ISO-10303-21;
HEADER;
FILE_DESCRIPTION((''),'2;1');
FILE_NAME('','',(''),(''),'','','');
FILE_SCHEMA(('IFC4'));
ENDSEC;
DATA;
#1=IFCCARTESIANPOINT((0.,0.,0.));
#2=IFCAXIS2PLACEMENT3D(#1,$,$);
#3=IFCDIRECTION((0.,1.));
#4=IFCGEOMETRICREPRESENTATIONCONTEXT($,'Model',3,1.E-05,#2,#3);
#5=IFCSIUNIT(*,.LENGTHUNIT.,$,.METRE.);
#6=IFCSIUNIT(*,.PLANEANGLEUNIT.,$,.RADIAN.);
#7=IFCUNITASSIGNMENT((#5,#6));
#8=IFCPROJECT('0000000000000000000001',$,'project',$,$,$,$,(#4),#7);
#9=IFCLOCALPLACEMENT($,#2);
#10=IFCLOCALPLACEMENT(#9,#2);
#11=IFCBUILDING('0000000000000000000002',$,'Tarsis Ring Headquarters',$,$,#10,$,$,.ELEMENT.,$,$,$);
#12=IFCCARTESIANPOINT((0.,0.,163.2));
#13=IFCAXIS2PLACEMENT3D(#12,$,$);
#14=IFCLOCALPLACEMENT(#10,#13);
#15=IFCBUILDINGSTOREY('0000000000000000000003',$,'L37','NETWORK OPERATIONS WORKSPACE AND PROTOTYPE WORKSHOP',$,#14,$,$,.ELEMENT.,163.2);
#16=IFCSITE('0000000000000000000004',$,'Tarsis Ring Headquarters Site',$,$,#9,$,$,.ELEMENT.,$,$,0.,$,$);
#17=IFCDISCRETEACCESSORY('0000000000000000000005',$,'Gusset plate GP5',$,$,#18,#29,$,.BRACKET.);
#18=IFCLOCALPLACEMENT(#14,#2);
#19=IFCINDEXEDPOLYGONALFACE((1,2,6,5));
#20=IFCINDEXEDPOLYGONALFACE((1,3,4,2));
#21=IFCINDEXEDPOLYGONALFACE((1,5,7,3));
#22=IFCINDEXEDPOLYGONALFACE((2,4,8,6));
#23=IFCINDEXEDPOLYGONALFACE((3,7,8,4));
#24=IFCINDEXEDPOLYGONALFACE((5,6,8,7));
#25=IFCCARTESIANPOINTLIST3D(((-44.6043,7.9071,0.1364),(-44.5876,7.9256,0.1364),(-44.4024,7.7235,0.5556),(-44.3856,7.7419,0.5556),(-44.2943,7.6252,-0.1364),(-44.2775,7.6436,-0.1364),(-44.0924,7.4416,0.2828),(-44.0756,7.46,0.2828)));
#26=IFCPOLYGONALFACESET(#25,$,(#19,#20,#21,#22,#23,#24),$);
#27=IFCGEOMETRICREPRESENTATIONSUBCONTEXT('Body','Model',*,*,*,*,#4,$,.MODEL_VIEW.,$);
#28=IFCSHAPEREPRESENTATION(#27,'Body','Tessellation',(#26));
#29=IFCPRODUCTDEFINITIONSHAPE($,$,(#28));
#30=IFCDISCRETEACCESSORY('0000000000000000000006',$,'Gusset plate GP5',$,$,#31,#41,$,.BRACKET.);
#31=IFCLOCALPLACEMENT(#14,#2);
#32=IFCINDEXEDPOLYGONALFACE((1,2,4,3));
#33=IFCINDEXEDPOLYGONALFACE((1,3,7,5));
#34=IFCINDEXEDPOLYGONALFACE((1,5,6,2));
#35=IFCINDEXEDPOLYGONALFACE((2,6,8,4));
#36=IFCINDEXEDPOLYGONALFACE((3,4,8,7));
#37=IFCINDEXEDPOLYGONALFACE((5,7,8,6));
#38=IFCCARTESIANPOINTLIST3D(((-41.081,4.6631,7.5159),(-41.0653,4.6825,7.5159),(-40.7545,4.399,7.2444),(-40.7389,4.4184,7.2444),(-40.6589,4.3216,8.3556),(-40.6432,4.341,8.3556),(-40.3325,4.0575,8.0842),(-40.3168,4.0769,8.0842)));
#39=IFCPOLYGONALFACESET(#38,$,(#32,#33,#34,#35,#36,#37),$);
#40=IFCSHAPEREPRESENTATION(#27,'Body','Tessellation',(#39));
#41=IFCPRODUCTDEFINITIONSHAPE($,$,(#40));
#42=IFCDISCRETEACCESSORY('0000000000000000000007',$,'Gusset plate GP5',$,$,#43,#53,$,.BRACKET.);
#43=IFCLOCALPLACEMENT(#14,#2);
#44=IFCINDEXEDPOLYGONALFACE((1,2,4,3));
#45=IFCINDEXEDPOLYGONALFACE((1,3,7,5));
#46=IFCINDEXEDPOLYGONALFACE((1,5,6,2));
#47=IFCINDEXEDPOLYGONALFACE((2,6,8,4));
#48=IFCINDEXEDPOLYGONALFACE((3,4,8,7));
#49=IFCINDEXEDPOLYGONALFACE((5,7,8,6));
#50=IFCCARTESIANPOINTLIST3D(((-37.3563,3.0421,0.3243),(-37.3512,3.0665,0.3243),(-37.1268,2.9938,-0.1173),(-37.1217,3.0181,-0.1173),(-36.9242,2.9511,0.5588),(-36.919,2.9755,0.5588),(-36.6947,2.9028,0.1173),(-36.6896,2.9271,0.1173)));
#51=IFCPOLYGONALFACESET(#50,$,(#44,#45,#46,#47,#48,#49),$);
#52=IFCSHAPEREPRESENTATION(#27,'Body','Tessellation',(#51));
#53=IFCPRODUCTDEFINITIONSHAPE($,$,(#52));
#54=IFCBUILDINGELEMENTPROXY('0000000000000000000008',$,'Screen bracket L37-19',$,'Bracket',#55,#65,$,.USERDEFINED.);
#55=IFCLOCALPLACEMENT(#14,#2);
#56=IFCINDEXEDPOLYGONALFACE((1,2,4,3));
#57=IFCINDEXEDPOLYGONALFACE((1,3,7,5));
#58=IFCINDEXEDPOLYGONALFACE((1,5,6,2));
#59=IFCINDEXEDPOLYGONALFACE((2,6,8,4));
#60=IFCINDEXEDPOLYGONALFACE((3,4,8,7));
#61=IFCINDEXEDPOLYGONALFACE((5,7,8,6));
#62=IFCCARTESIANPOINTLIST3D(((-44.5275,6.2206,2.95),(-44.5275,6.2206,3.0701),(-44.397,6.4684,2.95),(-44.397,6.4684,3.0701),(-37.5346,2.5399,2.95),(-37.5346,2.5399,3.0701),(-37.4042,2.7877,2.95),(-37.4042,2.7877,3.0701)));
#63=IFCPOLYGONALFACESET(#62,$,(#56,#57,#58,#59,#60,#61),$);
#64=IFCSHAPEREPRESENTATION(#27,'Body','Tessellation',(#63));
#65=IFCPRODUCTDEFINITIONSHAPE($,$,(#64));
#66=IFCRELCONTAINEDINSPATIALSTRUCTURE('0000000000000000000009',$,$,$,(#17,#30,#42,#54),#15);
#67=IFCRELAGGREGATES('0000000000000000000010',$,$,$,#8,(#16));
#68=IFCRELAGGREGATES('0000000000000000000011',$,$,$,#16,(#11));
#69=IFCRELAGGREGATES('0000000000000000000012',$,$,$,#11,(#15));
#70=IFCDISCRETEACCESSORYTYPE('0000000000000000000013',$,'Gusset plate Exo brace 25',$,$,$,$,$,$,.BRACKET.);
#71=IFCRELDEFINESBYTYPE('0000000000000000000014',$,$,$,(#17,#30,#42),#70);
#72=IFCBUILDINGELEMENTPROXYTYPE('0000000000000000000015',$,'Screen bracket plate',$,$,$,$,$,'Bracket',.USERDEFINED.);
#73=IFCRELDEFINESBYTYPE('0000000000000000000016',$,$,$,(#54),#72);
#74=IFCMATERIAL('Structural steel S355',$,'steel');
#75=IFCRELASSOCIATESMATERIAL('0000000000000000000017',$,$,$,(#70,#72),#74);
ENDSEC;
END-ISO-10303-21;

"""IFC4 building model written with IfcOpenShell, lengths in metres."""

from ifc_helpers import new_model, si_unit, direction, frame, origin, origin_2d, place, context, subcontext, project, spatial, rectangle, extrude, material, material_profile, profile_set, type_object, element, save


model = new_model("IFC4")

# Units and contexts
model_context = context("Model", 3, precision=1e-05, world=origin(), true_north=direction((0.0, 1.0)))
body_context = subcontext(model_context, "Body", "Model", "MODEL_VIEW")
ifc_project = project(units=[si_unit("LENGTHUNIT", "METRE"), si_unit("PLANEANGLEUNIT", "RADIAN")], contexts=[model_context])

# Site, building, storey
site_placement = place(None, origin())
site = spatial("IfcSite", under=ifc_project, at=site_placement, Name="Tarsis Ring Headquarters Site", CompositionType="ELEMENT", RefElevation=0.0)
building_placement = place(site_placement, origin())
building = spatial("IfcBuilding", under=site, at=building_placement, Name="Tarsis Ring Headquarters", CompositionType="ELEMENT")
storey_placement = place(building_placement, frame((0.0, 0.0, 163.2)))
storey = spatial("IfcBuildingStorey", under=building, at=storey_placement, Name="L37", Description="NETWORK OPERATIONS WORKSPACE AND PROTOTYPE WORKSHOP", CompositionType="ELEMENT", Elevation=163.2)

# Shared definitions
ifc_material_1 = material(Name="Structural steel S355", Category="steel")

# Discrete accessories
ifc_material_profile_1 = material_profile(ifc_material_1, rectangle(XDim=0.0249, YDim=0.5, at=origin_2d()), Name="PL 25x500")
ifc_profile_set_1 = profile_set([ifc_material_profile_1], Name="Structural steel S355")
discrete_accessory_type = type_object("IfcDiscreteAccessoryType", Name="Gusset plate Exo brace 25", PredefinedType="BRACKET", material=ifc_profile_set_1)
discrete_accessory_1_placement = place(storey_placement, frame((-44.4409, 7.7754, 0.0), z_axis=(0.403654, -0.367047, 0.838057), x_axis=(0.672762, 0.739859, 0.0)))
element("IfcDiscreteAccessory", 1, at=discrete_accessory_1_placement, inside=storey, type_object=discrete_accessory_type, Name="Gusset plate GP5", PredefinedType="BRACKET", context=body_context, shape_type="SweptSolid", body=[
    extrude(rectangle(XDim=0.0249, YDim=0.5, at=origin_2d()), origin(), (0.0, 0.0, 1.0), 0.5002),
])
discrete_accessory_2_placement = place(storey_placement, frame((-40.9099, 4.5408, 7.3801), z_axis=(0.422081, -0.341522, 0.839768), x_axis=(0.629017, 0.777391, 0.0)))
element("IfcDiscreteAccessory", 2, at=discrete_accessory_2_placement, inside=storey, type_object=discrete_accessory_type, Name="Gusset plate GP5", PredefinedType="BRACKET", context=body_context, shape_type="SweptSolid", body=[
    extrude(rectangle(XDim=0.0249, YDim=0.5, at=origin_2d()), origin(), (0.0, 0.0, 1.0), 1.0),
])
discrete_accessory_3_placement = place(storey_placement, frame((-36.9082, 2.9604, 0.0), z_axis=(-0.458931, 0.096668, 0.883198), x_axis=(-0.206115, -0.978528, 0.0)))
element("IfcDiscreteAccessory", 3, at=discrete_accessory_3_placement, inside=storey, type_object=discrete_accessory_type, Name="Gusset plate GP5", PredefinedType="BRACKET", context=body_context, shape_type="SweptSolid", body=[
    extrude(rectangle(XDim=0.0249, YDim=0.5, at=origin_2d()), origin(), (0.0, 0.0, 1.0), 0.5),
])

# Building element proxy
building_element_proxy_type = type_object("IfcBuildingElementProxyType", Name="Screen bracket plate", ElementType="Bracket", PredefinedType="USERDEFINED", material=ifc_material_1)
proxy_placement = place(storey_placement, frame((-40.9658, 4.5042, 2.95), z_axis=(0.0, 0.0, 1.0), x_axis=(0.884906, -0.465769, 0.0)))
element("IfcBuildingElementProxy", 4, at=proxy_placement, inside=storey, type_object=building_element_proxy_type, Name="Screen bracket L37-19", ObjectType="Bracket", PredefinedType="USERDEFINED", context=body_context, shape_type="SweptSolid", body=[
    extrude(rectangle(XDim=7.9023, YDim=0.28, at=origin_2d()), origin(), (0.0, 0.0, 1.0), 0.1201),
])

save(model, "model.ifc")
